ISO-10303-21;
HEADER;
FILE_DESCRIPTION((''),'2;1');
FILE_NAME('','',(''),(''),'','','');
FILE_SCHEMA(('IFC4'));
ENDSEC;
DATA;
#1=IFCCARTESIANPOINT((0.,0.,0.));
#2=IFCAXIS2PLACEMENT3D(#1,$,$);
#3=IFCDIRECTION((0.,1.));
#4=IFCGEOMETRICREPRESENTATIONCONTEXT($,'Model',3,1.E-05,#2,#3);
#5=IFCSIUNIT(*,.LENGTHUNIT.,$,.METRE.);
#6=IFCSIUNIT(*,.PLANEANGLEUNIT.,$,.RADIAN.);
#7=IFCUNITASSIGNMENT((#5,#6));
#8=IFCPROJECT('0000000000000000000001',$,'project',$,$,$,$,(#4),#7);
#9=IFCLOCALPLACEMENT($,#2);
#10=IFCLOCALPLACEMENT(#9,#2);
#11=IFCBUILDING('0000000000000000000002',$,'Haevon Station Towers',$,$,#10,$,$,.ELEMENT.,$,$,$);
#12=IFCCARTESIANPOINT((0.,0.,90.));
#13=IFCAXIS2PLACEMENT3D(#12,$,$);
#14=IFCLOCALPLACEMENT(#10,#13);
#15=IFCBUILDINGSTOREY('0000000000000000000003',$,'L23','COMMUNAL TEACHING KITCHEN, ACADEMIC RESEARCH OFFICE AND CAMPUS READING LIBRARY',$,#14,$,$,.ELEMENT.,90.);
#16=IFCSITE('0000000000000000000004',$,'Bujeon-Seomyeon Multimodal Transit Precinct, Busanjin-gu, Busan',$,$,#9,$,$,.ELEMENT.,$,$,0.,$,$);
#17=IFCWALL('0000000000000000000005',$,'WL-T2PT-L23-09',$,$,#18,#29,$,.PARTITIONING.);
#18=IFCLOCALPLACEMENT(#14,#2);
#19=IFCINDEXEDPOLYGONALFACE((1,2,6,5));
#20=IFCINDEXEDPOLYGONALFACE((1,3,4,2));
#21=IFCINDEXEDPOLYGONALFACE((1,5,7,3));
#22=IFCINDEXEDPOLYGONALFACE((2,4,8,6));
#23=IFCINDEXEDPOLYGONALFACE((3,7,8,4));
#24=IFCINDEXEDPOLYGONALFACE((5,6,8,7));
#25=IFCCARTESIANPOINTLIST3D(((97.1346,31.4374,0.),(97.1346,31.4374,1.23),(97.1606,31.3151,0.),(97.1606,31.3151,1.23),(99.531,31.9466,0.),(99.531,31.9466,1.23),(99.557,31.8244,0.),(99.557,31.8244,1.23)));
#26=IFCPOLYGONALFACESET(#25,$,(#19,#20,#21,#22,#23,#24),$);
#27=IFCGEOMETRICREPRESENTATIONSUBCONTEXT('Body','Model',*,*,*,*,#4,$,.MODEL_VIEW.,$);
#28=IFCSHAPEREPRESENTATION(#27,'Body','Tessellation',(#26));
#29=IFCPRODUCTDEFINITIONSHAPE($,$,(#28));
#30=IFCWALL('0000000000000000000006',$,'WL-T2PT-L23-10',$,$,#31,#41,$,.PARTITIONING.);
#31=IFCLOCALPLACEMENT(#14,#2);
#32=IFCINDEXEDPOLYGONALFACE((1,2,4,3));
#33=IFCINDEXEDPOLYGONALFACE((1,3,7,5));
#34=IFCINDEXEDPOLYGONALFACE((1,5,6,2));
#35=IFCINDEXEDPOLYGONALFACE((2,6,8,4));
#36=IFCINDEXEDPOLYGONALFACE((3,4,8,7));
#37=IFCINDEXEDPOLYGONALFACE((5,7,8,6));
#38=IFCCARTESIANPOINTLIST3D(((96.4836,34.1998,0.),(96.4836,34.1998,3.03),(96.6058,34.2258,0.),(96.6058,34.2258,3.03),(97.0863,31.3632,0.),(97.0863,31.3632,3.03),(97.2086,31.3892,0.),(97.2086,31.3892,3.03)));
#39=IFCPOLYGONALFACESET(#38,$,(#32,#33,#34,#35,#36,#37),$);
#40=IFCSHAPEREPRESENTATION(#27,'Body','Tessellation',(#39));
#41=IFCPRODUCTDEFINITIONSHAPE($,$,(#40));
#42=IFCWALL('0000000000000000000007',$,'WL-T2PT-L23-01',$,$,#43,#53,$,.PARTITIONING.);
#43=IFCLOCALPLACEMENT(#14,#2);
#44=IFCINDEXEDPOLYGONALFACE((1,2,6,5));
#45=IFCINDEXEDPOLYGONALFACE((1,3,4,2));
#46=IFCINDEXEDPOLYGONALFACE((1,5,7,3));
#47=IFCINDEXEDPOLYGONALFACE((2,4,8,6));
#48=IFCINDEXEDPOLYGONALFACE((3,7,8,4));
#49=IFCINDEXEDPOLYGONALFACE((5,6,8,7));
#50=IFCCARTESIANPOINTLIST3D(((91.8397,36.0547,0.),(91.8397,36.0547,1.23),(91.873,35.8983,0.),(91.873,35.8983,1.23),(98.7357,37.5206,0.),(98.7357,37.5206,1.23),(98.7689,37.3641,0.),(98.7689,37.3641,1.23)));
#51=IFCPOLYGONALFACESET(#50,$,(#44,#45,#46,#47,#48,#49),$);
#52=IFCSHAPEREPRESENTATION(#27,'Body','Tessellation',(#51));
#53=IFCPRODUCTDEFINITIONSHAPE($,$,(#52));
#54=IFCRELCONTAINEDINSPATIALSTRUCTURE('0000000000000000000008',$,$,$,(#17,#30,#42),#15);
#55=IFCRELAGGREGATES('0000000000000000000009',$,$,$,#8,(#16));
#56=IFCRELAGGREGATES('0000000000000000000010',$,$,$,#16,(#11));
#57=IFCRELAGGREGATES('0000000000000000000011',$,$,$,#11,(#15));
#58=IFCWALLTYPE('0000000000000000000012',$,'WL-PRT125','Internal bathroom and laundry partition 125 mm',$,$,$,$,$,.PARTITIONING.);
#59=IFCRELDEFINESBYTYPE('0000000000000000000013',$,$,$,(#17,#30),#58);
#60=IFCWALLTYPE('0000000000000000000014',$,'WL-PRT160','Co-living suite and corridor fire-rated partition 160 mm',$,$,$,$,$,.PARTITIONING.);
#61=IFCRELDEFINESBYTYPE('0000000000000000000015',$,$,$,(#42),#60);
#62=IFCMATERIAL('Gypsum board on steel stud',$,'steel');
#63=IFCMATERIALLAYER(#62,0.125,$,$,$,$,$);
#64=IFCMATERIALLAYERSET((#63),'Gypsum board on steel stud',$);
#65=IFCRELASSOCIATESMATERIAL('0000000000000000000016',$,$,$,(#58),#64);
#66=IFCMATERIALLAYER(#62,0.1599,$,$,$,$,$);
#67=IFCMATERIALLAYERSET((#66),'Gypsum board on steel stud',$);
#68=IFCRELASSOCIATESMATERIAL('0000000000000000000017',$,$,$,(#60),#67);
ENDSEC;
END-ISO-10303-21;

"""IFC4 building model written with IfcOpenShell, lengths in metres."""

from ifc_helpers import new_model, si_unit, direction, frame, frame_2d, origin, place, context, subcontext, project, spatial, rectangle, extrude, material, layer, layer_set, type_object, element, save


model = new_model("IFC4")

# Units and contexts
model_context = context("Model", 3, precision=1e-05, world=origin(), true_north=direction((0.0, 1.0)))
body_context = subcontext(model_context, "Body", "Model", "MODEL_VIEW")
ifc_project = project(units=[si_unit("LENGTHUNIT", "METRE"), si_unit("PLANEANGLEUNIT", "RADIAN")], contexts=[model_context])

# Site, building, storey
site_placement = place(None, origin())
site = spatial("IfcSite", under=ifc_project, at=site_placement, Name="Bujeon-Seomyeon Multimodal Transit Precinct, Busanjin-gu, Busan", CompositionType="ELEMENT", RefElevation=0.0)
building_placement = place(site_placement, origin())
building = spatial("IfcBuilding", under=site, at=building_placement, Name="Haevon Station Towers", CompositionType="ELEMENT")
storey_placement = place(building_placement, frame((0.0, 0.0, 90.0)))
storey = spatial("IfcBuildingStorey", under=building, at=storey_placement, Name="L23", Description="COMMUNAL TEACHING KITCHEN, ACADEMIC RESEARCH OFFICE AND CAMPUS READING LIBRARY", CompositionType="ELEMENT", Elevation=90.0)

# Walls
ifc_material_1 = material(Name="Gypsum board on steel stud", Category="steel")
ifc_layer_1 = layer(ifc_material_1, 0.125)
ifc_layer_set_1 = layer_set([ifc_layer_1], Name="Gypsum board on steel stud")
wall_type_1 = type_object("IfcWallType", Name="WL-PRT125", Description="Internal bathroom and laundry partition 125 mm", PredefinedType="PARTITIONING", material=ifc_layer_set_1)
wall_1_placement = place(storey_placement, frame((97.1475, 31.3762, 0.0), z_axis=(0.0, 0.0, 1.0), x_axis=(0.978157, 0.207868, 0.0)))
element("IfcWall", 1, at=wall_1_placement, inside=storey, type_object=wall_type_1, Name="WL-T2PT-L23-09", PredefinedType="PARTITIONING", context=body_context, shape_type="SweptSolid", body=[
    extrude(rectangle(XDim=2.45, YDim=0.125, at=frame_2d((1.2251, 0.0))), origin(), (0.0, 0.0, 1.0), 1.23),
])
wall_2_placement = place(storey_placement, frame((97.1475, 31.3762, 0.0), z_axis=(0.0, 0.0, 1.0), x_axis=(-0.207856, 0.978159, 0.0)))
element("IfcWall", 2, at=wall_2_placement, inside=storey, type_object=wall_type_1, Name="WL-T2PT-L23-10", PredefinedType="PARTITIONING", context=body_context, shape_type="SweptSolid", body=[
    extrude(rectangle(XDim=2.8999, YDim=0.125, at=frame_2d((1.45, 0.0))), origin(), (0.0, 0.0, 1.0), 3.03),
])
ifc_layer_2 = layer(ifc_material_1, 0.1599)
ifc_layer_set_2 = layer_set([ifc_layer_2], Name="Gypsum board on steel stud")
wall_type_2 = type_object("IfcWallType", Name="WL-PRT160", Description="Co-living suite and corridor fire-rated partition 160 mm", PredefinedType="PARTITIONING", material=ifc_layer_set_2)
wall_3_placement = place(storey_placement, frame((91.8564, 35.9766, 0.0), z_axis=(0.0, 0.0, 1.0), x_axis=(0.978147, 0.207916, 0.0)))
element("IfcWall", 3, at=wall_3_placement, inside=storey, type_object=wall_type_2, Name="WL-T2PT-L23-01", PredefinedType="PARTITIONING", context=body_context, shape_type="SweptSolid", body=[
    extrude(rectangle(XDim=7.05, YDim=0.1599, at=frame_2d((3.5249, 0.0))), origin(), (0.0, 0.0, 1.0), 1.23),
])

save(model, "model.ifc")
